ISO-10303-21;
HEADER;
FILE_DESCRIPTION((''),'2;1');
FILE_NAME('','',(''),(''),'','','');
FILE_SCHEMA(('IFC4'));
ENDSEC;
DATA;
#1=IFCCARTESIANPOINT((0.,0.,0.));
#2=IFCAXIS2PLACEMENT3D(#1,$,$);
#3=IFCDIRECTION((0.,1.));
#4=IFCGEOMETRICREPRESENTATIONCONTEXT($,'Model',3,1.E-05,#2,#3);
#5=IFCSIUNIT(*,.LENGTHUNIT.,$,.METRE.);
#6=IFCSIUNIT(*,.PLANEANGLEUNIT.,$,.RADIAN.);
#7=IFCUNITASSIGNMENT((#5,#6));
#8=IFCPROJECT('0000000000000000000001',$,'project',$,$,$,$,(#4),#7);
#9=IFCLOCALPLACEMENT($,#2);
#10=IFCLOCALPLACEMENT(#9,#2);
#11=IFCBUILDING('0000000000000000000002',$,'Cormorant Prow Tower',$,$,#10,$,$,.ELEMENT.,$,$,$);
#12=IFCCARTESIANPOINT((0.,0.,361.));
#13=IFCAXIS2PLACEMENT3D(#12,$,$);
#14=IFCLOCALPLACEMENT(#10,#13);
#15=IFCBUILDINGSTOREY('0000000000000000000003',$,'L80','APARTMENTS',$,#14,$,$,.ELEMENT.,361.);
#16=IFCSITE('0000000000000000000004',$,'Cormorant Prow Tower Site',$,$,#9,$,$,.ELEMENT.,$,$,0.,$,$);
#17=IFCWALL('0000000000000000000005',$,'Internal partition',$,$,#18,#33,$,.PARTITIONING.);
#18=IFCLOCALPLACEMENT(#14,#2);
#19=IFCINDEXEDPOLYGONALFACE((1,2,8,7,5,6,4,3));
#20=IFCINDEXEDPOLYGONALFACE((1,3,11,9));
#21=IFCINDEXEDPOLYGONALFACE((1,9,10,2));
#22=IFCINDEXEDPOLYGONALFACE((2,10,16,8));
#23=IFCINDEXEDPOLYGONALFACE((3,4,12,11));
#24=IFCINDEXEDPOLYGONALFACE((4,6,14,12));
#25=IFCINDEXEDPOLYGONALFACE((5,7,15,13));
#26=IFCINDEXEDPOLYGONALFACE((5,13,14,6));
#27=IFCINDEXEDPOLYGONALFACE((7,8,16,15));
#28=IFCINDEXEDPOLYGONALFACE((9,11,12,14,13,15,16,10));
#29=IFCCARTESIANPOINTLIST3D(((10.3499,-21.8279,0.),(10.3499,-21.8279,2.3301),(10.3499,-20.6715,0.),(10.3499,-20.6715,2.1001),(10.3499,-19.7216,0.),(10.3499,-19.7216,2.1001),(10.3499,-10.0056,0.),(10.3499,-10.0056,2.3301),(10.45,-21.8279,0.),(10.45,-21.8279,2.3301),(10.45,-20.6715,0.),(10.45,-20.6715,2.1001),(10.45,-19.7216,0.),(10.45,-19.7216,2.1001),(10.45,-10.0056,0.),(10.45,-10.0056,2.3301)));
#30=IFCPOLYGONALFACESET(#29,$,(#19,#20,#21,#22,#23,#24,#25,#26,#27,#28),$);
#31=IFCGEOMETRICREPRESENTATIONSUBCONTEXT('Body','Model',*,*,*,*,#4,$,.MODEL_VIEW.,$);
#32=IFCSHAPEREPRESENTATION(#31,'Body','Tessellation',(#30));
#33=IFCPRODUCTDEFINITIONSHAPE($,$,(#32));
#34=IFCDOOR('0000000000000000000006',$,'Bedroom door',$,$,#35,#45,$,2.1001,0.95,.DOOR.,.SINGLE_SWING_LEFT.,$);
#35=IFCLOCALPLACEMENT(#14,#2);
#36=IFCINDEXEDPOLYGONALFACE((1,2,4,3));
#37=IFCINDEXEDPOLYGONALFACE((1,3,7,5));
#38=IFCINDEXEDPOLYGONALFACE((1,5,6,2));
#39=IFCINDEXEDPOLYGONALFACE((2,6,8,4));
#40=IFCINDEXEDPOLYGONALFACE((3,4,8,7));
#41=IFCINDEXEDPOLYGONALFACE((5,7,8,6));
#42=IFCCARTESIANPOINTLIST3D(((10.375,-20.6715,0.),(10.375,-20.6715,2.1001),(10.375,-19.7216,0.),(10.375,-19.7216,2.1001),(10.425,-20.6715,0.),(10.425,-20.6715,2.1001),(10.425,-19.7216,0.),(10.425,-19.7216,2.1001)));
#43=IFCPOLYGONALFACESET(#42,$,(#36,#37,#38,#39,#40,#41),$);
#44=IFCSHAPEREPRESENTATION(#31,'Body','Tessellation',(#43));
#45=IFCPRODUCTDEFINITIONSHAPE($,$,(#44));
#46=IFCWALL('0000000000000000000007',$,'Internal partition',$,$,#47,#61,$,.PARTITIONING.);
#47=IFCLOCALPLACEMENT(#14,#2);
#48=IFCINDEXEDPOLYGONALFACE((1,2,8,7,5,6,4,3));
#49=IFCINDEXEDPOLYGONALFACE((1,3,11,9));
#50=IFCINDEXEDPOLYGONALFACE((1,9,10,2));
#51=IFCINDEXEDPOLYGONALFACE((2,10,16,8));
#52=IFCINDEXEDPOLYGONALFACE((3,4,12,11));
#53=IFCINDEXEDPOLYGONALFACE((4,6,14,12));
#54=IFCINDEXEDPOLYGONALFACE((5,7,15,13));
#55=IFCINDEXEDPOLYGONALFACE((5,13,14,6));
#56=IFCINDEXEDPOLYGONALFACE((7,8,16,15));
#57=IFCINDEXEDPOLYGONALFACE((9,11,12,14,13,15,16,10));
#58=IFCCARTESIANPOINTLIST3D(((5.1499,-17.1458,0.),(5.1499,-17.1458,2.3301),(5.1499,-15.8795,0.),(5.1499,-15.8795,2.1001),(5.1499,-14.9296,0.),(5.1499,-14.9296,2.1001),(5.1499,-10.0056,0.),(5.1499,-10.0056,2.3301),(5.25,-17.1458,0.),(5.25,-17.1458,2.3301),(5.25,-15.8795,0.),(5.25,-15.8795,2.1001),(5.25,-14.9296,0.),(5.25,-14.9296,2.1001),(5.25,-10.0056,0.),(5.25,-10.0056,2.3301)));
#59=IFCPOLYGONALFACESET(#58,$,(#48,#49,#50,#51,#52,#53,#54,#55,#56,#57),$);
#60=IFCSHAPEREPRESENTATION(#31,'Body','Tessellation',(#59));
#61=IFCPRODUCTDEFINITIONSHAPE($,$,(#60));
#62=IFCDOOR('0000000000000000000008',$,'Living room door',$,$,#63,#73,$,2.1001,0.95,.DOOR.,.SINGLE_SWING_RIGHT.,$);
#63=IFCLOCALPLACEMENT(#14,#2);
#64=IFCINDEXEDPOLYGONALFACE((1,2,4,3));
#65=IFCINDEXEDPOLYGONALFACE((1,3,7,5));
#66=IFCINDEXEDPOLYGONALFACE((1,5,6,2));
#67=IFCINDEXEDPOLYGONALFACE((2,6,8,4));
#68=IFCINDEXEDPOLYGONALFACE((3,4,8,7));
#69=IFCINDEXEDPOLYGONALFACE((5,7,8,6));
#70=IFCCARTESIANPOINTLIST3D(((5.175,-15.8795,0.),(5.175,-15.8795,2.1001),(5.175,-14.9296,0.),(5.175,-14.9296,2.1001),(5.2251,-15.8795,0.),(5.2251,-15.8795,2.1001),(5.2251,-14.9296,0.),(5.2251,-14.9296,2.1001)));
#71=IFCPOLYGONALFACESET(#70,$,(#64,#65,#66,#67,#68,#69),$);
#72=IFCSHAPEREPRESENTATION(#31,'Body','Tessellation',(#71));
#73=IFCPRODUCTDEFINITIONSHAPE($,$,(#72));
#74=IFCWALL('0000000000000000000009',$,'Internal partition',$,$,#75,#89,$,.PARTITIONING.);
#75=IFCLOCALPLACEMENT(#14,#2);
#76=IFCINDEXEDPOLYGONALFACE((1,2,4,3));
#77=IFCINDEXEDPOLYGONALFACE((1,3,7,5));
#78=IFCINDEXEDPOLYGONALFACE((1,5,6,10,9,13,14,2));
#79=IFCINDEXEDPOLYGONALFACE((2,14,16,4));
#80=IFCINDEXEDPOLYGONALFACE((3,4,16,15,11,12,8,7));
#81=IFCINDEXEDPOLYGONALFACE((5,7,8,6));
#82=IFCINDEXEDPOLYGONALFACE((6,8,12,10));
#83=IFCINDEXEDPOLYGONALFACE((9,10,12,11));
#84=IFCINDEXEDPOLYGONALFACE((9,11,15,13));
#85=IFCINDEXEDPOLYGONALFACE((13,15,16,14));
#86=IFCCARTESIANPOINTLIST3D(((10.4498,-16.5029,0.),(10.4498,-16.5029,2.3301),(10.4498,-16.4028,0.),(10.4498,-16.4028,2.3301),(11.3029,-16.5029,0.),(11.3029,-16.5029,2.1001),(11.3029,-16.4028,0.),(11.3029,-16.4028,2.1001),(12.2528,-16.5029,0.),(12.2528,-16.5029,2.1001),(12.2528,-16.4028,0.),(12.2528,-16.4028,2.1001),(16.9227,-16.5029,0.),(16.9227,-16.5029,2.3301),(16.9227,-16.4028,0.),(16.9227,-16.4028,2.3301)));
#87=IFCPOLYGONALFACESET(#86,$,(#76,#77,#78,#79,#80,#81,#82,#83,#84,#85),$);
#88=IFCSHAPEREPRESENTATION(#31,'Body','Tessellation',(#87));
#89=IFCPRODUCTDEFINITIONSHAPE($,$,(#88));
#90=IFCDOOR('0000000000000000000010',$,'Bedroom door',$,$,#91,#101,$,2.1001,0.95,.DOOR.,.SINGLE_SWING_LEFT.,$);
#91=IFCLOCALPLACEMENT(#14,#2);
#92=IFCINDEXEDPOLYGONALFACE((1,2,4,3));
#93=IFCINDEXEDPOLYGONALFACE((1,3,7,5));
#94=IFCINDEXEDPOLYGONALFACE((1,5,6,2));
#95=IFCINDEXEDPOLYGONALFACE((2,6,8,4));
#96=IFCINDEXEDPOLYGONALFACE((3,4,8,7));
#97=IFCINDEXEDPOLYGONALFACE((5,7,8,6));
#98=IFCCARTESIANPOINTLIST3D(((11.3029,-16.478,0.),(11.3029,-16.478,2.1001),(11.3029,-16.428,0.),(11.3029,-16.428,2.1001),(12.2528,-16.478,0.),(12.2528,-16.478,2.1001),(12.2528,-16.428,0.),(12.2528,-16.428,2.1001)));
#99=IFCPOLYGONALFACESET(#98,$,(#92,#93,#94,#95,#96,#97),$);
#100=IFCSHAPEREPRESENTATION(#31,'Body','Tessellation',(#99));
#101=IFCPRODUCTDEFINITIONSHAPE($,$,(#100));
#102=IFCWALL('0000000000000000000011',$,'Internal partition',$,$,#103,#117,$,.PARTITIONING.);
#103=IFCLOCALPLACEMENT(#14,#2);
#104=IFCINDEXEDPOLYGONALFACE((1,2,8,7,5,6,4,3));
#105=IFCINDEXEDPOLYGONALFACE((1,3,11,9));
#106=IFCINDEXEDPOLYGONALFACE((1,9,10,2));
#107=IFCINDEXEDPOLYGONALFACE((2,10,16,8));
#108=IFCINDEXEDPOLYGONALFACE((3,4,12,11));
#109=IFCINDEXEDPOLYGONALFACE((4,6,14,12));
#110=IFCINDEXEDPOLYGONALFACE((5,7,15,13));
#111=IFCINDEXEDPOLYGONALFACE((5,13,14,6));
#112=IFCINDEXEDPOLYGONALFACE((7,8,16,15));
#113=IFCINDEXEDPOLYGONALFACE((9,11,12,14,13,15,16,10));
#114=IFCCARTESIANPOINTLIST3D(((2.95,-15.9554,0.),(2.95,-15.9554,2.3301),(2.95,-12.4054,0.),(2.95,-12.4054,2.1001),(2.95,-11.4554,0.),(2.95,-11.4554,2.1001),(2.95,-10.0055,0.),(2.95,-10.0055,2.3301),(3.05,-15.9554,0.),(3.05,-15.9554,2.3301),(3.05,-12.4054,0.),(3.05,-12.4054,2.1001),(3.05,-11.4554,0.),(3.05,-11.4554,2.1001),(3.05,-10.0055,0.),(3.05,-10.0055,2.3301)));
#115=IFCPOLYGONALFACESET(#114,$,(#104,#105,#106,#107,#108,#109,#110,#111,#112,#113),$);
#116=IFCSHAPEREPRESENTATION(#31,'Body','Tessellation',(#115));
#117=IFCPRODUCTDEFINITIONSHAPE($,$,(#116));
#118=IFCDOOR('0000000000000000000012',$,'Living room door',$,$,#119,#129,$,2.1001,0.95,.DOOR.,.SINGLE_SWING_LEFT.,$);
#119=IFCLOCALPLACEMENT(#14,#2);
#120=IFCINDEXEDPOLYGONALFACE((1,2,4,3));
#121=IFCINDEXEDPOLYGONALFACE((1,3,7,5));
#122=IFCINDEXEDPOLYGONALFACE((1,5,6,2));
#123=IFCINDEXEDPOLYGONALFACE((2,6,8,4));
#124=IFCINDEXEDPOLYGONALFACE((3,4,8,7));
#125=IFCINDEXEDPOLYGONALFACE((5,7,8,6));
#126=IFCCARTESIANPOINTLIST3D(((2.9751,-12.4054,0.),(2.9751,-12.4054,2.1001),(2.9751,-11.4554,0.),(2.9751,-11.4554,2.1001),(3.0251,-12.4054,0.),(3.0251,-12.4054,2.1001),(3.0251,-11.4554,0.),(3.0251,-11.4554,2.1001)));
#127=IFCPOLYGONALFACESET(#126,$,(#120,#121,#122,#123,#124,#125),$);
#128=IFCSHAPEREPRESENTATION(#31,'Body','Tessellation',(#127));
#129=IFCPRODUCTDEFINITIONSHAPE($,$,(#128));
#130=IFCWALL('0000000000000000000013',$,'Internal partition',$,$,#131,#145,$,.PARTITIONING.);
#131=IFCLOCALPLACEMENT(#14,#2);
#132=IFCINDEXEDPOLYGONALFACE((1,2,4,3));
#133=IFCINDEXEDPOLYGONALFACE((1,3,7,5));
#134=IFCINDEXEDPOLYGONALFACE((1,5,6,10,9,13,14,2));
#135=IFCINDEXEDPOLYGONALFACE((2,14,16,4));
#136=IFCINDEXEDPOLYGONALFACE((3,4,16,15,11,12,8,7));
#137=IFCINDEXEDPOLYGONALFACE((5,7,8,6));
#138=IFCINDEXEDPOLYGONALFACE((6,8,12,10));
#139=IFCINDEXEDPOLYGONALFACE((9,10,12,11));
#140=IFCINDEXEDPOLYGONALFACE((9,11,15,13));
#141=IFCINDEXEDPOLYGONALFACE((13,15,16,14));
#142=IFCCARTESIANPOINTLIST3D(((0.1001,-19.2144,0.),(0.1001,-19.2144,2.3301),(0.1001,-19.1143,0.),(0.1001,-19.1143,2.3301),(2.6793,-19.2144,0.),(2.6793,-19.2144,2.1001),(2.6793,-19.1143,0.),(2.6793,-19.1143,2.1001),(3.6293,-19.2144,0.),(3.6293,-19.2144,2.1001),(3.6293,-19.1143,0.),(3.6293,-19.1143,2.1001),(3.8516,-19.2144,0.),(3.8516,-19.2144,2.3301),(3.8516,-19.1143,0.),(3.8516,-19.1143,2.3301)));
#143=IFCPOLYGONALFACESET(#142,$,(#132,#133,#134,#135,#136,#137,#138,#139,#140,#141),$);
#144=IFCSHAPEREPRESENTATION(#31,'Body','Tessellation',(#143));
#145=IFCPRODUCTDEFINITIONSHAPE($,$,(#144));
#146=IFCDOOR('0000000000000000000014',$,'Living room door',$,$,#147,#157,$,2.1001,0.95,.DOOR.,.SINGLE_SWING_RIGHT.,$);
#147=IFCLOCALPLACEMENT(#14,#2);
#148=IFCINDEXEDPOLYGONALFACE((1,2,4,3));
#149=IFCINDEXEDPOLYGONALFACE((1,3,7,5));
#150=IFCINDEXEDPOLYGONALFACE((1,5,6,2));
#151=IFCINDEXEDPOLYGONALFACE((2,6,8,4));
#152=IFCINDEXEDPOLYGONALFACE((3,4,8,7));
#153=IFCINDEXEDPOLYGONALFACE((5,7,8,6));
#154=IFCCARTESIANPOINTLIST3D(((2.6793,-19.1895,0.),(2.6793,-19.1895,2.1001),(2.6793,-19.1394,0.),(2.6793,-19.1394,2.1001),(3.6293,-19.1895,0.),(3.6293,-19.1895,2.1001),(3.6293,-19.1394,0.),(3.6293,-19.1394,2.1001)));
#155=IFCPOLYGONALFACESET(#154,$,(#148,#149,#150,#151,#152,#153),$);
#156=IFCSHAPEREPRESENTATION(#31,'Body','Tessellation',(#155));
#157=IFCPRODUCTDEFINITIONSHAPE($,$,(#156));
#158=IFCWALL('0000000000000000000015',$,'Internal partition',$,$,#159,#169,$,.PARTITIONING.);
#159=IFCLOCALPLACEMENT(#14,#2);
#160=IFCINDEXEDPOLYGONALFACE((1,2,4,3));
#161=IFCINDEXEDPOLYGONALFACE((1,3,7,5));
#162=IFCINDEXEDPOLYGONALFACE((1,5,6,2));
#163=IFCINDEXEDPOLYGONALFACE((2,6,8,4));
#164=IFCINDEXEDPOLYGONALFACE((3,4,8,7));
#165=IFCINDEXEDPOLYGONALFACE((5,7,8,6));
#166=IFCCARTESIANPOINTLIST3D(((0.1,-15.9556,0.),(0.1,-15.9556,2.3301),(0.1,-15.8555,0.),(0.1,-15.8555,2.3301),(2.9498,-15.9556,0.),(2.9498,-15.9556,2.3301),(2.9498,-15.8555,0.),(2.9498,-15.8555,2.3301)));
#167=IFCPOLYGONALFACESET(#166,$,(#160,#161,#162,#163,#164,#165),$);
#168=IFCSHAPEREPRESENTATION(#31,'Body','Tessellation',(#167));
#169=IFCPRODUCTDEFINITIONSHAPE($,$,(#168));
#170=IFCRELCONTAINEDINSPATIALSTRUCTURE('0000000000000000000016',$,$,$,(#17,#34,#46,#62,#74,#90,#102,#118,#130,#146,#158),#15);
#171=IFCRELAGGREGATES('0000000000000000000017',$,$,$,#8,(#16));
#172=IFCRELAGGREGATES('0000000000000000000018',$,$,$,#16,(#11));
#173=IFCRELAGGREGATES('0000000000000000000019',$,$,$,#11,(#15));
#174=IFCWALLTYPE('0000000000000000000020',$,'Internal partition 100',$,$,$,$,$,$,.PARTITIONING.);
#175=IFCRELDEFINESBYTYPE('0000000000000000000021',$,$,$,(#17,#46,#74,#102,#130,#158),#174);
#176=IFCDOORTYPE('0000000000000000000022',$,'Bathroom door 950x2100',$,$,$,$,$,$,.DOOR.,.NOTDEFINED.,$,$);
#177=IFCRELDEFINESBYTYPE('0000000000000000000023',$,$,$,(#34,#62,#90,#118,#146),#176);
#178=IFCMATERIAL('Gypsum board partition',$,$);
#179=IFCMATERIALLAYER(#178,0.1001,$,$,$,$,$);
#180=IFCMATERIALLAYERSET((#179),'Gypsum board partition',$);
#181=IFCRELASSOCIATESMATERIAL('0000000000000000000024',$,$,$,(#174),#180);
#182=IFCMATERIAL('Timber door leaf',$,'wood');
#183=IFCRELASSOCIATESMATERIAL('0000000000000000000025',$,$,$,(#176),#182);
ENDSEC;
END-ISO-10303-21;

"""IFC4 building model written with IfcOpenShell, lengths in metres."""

from ifc_helpers import new_model, si_unit, direction, frame, frame_2d, origin, place, context, subcontext, project, spatial, rectangle, extrude, material, layer, layer_set, type_object, element, fill, save


model = new_model("IFC4")

# Units and contexts
model_context = context("Model", 3, precision=1e-05, world=origin(), true_north=direction((0.0, 1.0)))
body_context = subcontext(model_context, "Body", "Model", "MODEL_VIEW")
ifc_project = project(units=[si_unit("LENGTHUNIT", "METRE"), si_unit("PLANEANGLEUNIT", "RADIAN")], contexts=[model_context])

# Site, building, storey
site_placement = place(None, origin())
site = spatial("IfcSite", under=ifc_project, at=site_placement, Name="Cormorant Prow Tower Site", CompositionType="ELEMENT", RefElevation=0.0)
building_placement = place(site_placement, origin())
building = spatial("IfcBuilding", under=site, at=building_placement, Name="Cormorant Prow Tower", CompositionType="ELEMENT")
storey_placement = place(building_placement, frame((0.0, 0.0, 361.0)))
storey = spatial("IfcBuildingStorey", under=building, at=storey_placement, Name="L80", Description="APARTMENTS", CompositionType="ELEMENT", Elevation=361.0)

# Walls, openings, doors
ifc_material_1 = material(Name="Gypsum board partition")
ifc_layer_1 = layer(ifc_material_1, 0.1001)
ifc_layer_set_1 = layer_set([ifc_layer_1], Name="Gypsum board partition")
wall_type_1 = type_object("IfcWallType", Name="Internal partition 100", PredefinedType="PARTITIONING", material=ifc_layer_set_1)
wall_1_placement = place(storey_placement, frame((10.3999, -21.8279, 0.0), z_axis=(0.0, 0.0, 1.0), x_axis=(0.0, 1.0, 0.0)))
wall_1 = element("IfcWall", 1, at=wall_1_placement, inside=storey, type_object=wall_type_1, Name="Internal partition", PredefinedType="PARTITIONING", context=body_context, shape_type="SweptSolid", body=[
    extrude(rectangle(XDim=11.8223, YDim=0.1001, at=frame_2d((5.9111, 0.0))), origin(), (0.0, 0.0, 1.0), 2.3301),
])
opening_1_placement = place(wall_1_placement, frame((1.1562, 0.0, 0.0)))
opening_1 = element("IfcOpeningElement", 2, at=opening_1_placement, cuts=wall_1, PredefinedType="OPENING", context=body_context, shape_type="SweptSolid", body=[
    extrude(rectangle(XDim=0.95, YDim=2.1001, at=frame_2d((0.4751, 1.05))), frame((0.0, 0.0601, 0.0), z_axis=(0.0, -1.0, 0.0), x_axis=(1.0, 0.0, 0.0)), (0.0, 0.0, 1.0), 0.1201),
])
ifc_material_2 = material(Name="Timber door leaf", Category="wood")
door_type_1 = type_object("IfcDoorType", Name="Bathroom door 950x2100", OperationType="NOTDEFINED", PredefinedType="DOOR", material=ifc_material_2)
door_1_placement = place(opening_1_placement, origin())
door_1 = element("IfcDoor", 3, at=door_1_placement, inside=storey, type_object=door_type_1, Name="Bedroom door", OperationType="SINGLE_SWING_LEFT", OverallHeight=2.1001, OverallWidth=0.95, PredefinedType="DOOR", context=body_context, shape_type="SweptSolid", body=[
    extrude(rectangle(XDim=0.95, YDim=2.1001, at=frame_2d((0.4751, 1.05))), frame((0.0, 0.0249, 0.0), z_axis=(0.0, -1.0, 0.0), x_axis=(1.0, 0.0, 0.0)), (0.0, 0.0, 1.0), 0.05),
])
fill(opening_1, door_1)
wall_2_placement = place(storey_placement, frame((5.2, -17.1458, 0.0), z_axis=(0.0, 0.0, 1.0), x_axis=(0.0, 1.0, 0.0)))
wall_2 = element("IfcWall", 4, at=wall_2_placement, inside=storey, type_object=wall_type_1, Name="Internal partition", PredefinedType="PARTITIONING", context=body_context, shape_type="SweptSolid", body=[
    extrude(rectangle(XDim=7.1401, YDim=0.1001, at=frame_2d((3.5701, 0.0))), origin(), (0.0, 0.0, 1.0), 2.3301),
])
opening_2_placement = place(wall_2_placement, frame((1.2661, 0.0, 0.0)))
opening_2 = element("IfcOpeningElement", 5, at=opening_2_placement, cuts=wall_2, PredefinedType="OPENING", context=body_context, shape_type="SweptSolid", body=[
    extrude(rectangle(XDim=0.95, YDim=2.1001, at=frame_2d((0.4751, 1.05))), frame((0.0, 0.0601, 0.0), z_axis=(0.0, -1.0, 0.0), x_axis=(1.0, 0.0, 0.0)), (0.0, 0.0, 1.0), 0.1201),
])
door_2_placement = place(opening_2_placement, origin())
door_2 = element("IfcDoor", 6, at=door_2_placement, inside=storey, type_object=door_type_1, Name="Living room door", OperationType="SINGLE_SWING_RIGHT", OverallHeight=2.1001, OverallWidth=0.95, PredefinedType="DOOR", context=body_context, shape_type="SweptSolid", body=[
    extrude(rectangle(XDim=0.95, YDim=2.1001, at=frame_2d((0.4751, 1.05))), frame((0.0, 0.0249, 0.0), z_axis=(0.0, -1.0, 0.0), x_axis=(1.0, 0.0, 0.0)), (0.0, 0.0, 1.0), 0.05),
])
fill(opening_2, door_2)
wall_3_placement = place(storey_placement, frame((10.45, -16.4529, 0.0), z_axis=(0.0, 0.0, 1.0), x_axis=(1.0, 0.0, 0.0)))
wall_3 = element("IfcWall", 7, at=wall_3_placement, inside=storey, type_object=wall_type_1, Name="Internal partition", PredefinedType="PARTITIONING", context=body_context, shape_type="SweptSolid", body=[
    extrude(rectangle(XDim=6.4729, YDim=0.1001, at=frame_2d((3.2363, 0.0))), origin(), (0.0, 0.0, 1.0), 2.3301),
])
opening_3_placement = place(wall_3_placement, frame((0.8528, 0.0, 0.0)))
opening_3 = element("IfcOpeningElement", 8, at=opening_3_placement, cuts=wall_3, PredefinedType="OPENING", context=body_context, shape_type="SweptSolid", body=[
    extrude(rectangle(XDim=0.95, YDim=2.1001, at=frame_2d((0.4751, 1.05))), frame((0.0, 0.0601, 0.0), z_axis=(0.0, -1.0, 0.0), x_axis=(1.0, 0.0, 0.0)), (0.0, 0.0, 1.0), 0.1201),
])
door_3_placement = place(opening_3_placement, origin())
door_3 = element("IfcDoor", 9, at=door_3_placement, inside=storey, type_object=door_type_1, Name="Bedroom door", OperationType="SINGLE_SWING_LEFT", OverallHeight=2.1001, OverallWidth=0.95, PredefinedType="DOOR", context=body_context, shape_type="SweptSolid", body=[
    extrude(rectangle(XDim=0.95, YDim=2.1001, at=frame_2d((0.4751, 1.05))), frame((0.0, 0.0249, 0.0), z_axis=(0.0, -1.0, 0.0), x_axis=(1.0, 0.0, 0.0)), (0.0, 0.0, 1.0), 0.05),
])
fill(opening_3, door_3)
wall_4_placement = place(storey_placement, frame((3.0, -15.9556, 0.0), z_axis=(0.0, 0.0, 1.0), x_axis=(0.0, 1.0, 0.0)))
wall_4 = element("IfcWall", 10, at=wall_4_placement, inside=storey, type_object=wall_type_1, Name="Internal partition", PredefinedType="PARTITIONING", context=body_context, shape_type="SweptSolid", body=[
    extrude(rectangle(XDim=5.95, YDim=0.1001, at=frame_2d((2.9751, 0.0))), origin(), (0.0, 0.0, 1.0), 2.3301),
])
opening_4_placement = place(wall_4_placement, frame((3.55, 0.0, 0.0)))
opening_4 = element("IfcOpeningElement", 11, at=opening_4_placement, cuts=wall_4, PredefinedType="OPENING", context=body_context, shape_type="SweptSolid", body=[
    extrude(rectangle(XDim=0.95, YDim=2.1001, at=frame_2d((0.4751, 1.05))), frame((0.0, 0.0601, 0.0), z_axis=(0.0, -1.0, 0.0), x_axis=(1.0, 0.0, 0.0)), (0.0, 0.0, 1.0), 0.1201),
])
door_4_placement = place(opening_4_placement, origin())
door_4 = element("IfcDoor", 12, at=door_4_placement, inside=storey, type_object=door_type_1, Name="Living room door", OperationType="SINGLE_SWING_LEFT", OverallHeight=2.1001, OverallWidth=0.95, PredefinedType="DOOR", context=body_context, shape_type="SweptSolid", body=[
    extrude(rectangle(XDim=0.95, YDim=2.1001, at=frame_2d((0.4751, 1.05))), frame((0.0, 0.0249, 0.0), z_axis=(0.0, -1.0, 0.0), x_axis=(1.0, 0.0, 0.0)), (0.0, 0.0, 1.0), 0.05),
])
fill(opening_4, door_4)
wall_5_placement = place(storey_placement, frame((0.1001, -19.1643, 0.0), z_axis=(0.0, 0.0, 1.0), x_axis=(1.0, 0.0, 0.0)))
wall_5 = element("IfcWall", 13, at=wall_5_placement, inside=storey, type_object=wall_type_1, Name="Internal partition", PredefinedType="PARTITIONING", context=body_context, shape_type="SweptSolid", body=[
    extrude(rectangle(XDim=3.7515, YDim=0.1001, at=frame_2d((1.8757, 0.0))), origin(), (0.0, 0.0, 1.0), 2.3301),
])
opening_5_placement = place(wall_5_placement, frame((2.5791, 0.0, 0.0)))
opening_5 = element("IfcOpeningElement", 14, at=opening_5_placement, cuts=wall_5, PredefinedType="OPENING", context=body_context, shape_type="SweptSolid", body=[
    extrude(rectangle(XDim=0.95, YDim=2.1001, at=frame_2d((0.4751, 1.05))), frame((0.0, 0.0601, 0.0), z_axis=(0.0, -1.0, 0.0), x_axis=(1.0, 0.0, 0.0)), (0.0, 0.0, 1.0), 0.1201),
])
door_5_placement = place(opening_5_placement, origin())
door_5 = element("IfcDoor", 15, at=door_5_placement, inside=storey, type_object=door_type_1, Name="Living room door", OperationType="SINGLE_SWING_RIGHT", OverallHeight=2.1001, OverallWidth=0.95, PredefinedType="DOOR", context=body_context, shape_type="SweptSolid", body=[
    extrude(rectangle(XDim=0.95, YDim=2.1001, at=frame_2d((0.4751, 1.05))), frame((0.0, 0.0249, 0.0), z_axis=(0.0, -1.0, 0.0), x_axis=(1.0, 0.0, 0.0)), (0.0, 0.0, 1.0), 0.05),
])
fill(opening_5, door_5)

# Wall
wall_6_placement = place(storey_placement, frame((0.1001, -15.9055, 0.0), z_axis=(0.0, 0.0, 1.0), x_axis=(1.0, 0.0, 0.0)))
element("IfcWall", 16, at=wall_6_placement, inside=storey, type_object=wall_type_1, Name="Internal partition", PredefinedType="PARTITIONING", context=body_context, shape_type="SweptSolid", body=[
    extrude(rectangle(XDim=2.8499, YDim=0.1001, at=frame_2d((1.4248, 0.0))), origin(), (0.0, 0.0, 1.0), 2.3301),
])

save(model, "model.ifc")
